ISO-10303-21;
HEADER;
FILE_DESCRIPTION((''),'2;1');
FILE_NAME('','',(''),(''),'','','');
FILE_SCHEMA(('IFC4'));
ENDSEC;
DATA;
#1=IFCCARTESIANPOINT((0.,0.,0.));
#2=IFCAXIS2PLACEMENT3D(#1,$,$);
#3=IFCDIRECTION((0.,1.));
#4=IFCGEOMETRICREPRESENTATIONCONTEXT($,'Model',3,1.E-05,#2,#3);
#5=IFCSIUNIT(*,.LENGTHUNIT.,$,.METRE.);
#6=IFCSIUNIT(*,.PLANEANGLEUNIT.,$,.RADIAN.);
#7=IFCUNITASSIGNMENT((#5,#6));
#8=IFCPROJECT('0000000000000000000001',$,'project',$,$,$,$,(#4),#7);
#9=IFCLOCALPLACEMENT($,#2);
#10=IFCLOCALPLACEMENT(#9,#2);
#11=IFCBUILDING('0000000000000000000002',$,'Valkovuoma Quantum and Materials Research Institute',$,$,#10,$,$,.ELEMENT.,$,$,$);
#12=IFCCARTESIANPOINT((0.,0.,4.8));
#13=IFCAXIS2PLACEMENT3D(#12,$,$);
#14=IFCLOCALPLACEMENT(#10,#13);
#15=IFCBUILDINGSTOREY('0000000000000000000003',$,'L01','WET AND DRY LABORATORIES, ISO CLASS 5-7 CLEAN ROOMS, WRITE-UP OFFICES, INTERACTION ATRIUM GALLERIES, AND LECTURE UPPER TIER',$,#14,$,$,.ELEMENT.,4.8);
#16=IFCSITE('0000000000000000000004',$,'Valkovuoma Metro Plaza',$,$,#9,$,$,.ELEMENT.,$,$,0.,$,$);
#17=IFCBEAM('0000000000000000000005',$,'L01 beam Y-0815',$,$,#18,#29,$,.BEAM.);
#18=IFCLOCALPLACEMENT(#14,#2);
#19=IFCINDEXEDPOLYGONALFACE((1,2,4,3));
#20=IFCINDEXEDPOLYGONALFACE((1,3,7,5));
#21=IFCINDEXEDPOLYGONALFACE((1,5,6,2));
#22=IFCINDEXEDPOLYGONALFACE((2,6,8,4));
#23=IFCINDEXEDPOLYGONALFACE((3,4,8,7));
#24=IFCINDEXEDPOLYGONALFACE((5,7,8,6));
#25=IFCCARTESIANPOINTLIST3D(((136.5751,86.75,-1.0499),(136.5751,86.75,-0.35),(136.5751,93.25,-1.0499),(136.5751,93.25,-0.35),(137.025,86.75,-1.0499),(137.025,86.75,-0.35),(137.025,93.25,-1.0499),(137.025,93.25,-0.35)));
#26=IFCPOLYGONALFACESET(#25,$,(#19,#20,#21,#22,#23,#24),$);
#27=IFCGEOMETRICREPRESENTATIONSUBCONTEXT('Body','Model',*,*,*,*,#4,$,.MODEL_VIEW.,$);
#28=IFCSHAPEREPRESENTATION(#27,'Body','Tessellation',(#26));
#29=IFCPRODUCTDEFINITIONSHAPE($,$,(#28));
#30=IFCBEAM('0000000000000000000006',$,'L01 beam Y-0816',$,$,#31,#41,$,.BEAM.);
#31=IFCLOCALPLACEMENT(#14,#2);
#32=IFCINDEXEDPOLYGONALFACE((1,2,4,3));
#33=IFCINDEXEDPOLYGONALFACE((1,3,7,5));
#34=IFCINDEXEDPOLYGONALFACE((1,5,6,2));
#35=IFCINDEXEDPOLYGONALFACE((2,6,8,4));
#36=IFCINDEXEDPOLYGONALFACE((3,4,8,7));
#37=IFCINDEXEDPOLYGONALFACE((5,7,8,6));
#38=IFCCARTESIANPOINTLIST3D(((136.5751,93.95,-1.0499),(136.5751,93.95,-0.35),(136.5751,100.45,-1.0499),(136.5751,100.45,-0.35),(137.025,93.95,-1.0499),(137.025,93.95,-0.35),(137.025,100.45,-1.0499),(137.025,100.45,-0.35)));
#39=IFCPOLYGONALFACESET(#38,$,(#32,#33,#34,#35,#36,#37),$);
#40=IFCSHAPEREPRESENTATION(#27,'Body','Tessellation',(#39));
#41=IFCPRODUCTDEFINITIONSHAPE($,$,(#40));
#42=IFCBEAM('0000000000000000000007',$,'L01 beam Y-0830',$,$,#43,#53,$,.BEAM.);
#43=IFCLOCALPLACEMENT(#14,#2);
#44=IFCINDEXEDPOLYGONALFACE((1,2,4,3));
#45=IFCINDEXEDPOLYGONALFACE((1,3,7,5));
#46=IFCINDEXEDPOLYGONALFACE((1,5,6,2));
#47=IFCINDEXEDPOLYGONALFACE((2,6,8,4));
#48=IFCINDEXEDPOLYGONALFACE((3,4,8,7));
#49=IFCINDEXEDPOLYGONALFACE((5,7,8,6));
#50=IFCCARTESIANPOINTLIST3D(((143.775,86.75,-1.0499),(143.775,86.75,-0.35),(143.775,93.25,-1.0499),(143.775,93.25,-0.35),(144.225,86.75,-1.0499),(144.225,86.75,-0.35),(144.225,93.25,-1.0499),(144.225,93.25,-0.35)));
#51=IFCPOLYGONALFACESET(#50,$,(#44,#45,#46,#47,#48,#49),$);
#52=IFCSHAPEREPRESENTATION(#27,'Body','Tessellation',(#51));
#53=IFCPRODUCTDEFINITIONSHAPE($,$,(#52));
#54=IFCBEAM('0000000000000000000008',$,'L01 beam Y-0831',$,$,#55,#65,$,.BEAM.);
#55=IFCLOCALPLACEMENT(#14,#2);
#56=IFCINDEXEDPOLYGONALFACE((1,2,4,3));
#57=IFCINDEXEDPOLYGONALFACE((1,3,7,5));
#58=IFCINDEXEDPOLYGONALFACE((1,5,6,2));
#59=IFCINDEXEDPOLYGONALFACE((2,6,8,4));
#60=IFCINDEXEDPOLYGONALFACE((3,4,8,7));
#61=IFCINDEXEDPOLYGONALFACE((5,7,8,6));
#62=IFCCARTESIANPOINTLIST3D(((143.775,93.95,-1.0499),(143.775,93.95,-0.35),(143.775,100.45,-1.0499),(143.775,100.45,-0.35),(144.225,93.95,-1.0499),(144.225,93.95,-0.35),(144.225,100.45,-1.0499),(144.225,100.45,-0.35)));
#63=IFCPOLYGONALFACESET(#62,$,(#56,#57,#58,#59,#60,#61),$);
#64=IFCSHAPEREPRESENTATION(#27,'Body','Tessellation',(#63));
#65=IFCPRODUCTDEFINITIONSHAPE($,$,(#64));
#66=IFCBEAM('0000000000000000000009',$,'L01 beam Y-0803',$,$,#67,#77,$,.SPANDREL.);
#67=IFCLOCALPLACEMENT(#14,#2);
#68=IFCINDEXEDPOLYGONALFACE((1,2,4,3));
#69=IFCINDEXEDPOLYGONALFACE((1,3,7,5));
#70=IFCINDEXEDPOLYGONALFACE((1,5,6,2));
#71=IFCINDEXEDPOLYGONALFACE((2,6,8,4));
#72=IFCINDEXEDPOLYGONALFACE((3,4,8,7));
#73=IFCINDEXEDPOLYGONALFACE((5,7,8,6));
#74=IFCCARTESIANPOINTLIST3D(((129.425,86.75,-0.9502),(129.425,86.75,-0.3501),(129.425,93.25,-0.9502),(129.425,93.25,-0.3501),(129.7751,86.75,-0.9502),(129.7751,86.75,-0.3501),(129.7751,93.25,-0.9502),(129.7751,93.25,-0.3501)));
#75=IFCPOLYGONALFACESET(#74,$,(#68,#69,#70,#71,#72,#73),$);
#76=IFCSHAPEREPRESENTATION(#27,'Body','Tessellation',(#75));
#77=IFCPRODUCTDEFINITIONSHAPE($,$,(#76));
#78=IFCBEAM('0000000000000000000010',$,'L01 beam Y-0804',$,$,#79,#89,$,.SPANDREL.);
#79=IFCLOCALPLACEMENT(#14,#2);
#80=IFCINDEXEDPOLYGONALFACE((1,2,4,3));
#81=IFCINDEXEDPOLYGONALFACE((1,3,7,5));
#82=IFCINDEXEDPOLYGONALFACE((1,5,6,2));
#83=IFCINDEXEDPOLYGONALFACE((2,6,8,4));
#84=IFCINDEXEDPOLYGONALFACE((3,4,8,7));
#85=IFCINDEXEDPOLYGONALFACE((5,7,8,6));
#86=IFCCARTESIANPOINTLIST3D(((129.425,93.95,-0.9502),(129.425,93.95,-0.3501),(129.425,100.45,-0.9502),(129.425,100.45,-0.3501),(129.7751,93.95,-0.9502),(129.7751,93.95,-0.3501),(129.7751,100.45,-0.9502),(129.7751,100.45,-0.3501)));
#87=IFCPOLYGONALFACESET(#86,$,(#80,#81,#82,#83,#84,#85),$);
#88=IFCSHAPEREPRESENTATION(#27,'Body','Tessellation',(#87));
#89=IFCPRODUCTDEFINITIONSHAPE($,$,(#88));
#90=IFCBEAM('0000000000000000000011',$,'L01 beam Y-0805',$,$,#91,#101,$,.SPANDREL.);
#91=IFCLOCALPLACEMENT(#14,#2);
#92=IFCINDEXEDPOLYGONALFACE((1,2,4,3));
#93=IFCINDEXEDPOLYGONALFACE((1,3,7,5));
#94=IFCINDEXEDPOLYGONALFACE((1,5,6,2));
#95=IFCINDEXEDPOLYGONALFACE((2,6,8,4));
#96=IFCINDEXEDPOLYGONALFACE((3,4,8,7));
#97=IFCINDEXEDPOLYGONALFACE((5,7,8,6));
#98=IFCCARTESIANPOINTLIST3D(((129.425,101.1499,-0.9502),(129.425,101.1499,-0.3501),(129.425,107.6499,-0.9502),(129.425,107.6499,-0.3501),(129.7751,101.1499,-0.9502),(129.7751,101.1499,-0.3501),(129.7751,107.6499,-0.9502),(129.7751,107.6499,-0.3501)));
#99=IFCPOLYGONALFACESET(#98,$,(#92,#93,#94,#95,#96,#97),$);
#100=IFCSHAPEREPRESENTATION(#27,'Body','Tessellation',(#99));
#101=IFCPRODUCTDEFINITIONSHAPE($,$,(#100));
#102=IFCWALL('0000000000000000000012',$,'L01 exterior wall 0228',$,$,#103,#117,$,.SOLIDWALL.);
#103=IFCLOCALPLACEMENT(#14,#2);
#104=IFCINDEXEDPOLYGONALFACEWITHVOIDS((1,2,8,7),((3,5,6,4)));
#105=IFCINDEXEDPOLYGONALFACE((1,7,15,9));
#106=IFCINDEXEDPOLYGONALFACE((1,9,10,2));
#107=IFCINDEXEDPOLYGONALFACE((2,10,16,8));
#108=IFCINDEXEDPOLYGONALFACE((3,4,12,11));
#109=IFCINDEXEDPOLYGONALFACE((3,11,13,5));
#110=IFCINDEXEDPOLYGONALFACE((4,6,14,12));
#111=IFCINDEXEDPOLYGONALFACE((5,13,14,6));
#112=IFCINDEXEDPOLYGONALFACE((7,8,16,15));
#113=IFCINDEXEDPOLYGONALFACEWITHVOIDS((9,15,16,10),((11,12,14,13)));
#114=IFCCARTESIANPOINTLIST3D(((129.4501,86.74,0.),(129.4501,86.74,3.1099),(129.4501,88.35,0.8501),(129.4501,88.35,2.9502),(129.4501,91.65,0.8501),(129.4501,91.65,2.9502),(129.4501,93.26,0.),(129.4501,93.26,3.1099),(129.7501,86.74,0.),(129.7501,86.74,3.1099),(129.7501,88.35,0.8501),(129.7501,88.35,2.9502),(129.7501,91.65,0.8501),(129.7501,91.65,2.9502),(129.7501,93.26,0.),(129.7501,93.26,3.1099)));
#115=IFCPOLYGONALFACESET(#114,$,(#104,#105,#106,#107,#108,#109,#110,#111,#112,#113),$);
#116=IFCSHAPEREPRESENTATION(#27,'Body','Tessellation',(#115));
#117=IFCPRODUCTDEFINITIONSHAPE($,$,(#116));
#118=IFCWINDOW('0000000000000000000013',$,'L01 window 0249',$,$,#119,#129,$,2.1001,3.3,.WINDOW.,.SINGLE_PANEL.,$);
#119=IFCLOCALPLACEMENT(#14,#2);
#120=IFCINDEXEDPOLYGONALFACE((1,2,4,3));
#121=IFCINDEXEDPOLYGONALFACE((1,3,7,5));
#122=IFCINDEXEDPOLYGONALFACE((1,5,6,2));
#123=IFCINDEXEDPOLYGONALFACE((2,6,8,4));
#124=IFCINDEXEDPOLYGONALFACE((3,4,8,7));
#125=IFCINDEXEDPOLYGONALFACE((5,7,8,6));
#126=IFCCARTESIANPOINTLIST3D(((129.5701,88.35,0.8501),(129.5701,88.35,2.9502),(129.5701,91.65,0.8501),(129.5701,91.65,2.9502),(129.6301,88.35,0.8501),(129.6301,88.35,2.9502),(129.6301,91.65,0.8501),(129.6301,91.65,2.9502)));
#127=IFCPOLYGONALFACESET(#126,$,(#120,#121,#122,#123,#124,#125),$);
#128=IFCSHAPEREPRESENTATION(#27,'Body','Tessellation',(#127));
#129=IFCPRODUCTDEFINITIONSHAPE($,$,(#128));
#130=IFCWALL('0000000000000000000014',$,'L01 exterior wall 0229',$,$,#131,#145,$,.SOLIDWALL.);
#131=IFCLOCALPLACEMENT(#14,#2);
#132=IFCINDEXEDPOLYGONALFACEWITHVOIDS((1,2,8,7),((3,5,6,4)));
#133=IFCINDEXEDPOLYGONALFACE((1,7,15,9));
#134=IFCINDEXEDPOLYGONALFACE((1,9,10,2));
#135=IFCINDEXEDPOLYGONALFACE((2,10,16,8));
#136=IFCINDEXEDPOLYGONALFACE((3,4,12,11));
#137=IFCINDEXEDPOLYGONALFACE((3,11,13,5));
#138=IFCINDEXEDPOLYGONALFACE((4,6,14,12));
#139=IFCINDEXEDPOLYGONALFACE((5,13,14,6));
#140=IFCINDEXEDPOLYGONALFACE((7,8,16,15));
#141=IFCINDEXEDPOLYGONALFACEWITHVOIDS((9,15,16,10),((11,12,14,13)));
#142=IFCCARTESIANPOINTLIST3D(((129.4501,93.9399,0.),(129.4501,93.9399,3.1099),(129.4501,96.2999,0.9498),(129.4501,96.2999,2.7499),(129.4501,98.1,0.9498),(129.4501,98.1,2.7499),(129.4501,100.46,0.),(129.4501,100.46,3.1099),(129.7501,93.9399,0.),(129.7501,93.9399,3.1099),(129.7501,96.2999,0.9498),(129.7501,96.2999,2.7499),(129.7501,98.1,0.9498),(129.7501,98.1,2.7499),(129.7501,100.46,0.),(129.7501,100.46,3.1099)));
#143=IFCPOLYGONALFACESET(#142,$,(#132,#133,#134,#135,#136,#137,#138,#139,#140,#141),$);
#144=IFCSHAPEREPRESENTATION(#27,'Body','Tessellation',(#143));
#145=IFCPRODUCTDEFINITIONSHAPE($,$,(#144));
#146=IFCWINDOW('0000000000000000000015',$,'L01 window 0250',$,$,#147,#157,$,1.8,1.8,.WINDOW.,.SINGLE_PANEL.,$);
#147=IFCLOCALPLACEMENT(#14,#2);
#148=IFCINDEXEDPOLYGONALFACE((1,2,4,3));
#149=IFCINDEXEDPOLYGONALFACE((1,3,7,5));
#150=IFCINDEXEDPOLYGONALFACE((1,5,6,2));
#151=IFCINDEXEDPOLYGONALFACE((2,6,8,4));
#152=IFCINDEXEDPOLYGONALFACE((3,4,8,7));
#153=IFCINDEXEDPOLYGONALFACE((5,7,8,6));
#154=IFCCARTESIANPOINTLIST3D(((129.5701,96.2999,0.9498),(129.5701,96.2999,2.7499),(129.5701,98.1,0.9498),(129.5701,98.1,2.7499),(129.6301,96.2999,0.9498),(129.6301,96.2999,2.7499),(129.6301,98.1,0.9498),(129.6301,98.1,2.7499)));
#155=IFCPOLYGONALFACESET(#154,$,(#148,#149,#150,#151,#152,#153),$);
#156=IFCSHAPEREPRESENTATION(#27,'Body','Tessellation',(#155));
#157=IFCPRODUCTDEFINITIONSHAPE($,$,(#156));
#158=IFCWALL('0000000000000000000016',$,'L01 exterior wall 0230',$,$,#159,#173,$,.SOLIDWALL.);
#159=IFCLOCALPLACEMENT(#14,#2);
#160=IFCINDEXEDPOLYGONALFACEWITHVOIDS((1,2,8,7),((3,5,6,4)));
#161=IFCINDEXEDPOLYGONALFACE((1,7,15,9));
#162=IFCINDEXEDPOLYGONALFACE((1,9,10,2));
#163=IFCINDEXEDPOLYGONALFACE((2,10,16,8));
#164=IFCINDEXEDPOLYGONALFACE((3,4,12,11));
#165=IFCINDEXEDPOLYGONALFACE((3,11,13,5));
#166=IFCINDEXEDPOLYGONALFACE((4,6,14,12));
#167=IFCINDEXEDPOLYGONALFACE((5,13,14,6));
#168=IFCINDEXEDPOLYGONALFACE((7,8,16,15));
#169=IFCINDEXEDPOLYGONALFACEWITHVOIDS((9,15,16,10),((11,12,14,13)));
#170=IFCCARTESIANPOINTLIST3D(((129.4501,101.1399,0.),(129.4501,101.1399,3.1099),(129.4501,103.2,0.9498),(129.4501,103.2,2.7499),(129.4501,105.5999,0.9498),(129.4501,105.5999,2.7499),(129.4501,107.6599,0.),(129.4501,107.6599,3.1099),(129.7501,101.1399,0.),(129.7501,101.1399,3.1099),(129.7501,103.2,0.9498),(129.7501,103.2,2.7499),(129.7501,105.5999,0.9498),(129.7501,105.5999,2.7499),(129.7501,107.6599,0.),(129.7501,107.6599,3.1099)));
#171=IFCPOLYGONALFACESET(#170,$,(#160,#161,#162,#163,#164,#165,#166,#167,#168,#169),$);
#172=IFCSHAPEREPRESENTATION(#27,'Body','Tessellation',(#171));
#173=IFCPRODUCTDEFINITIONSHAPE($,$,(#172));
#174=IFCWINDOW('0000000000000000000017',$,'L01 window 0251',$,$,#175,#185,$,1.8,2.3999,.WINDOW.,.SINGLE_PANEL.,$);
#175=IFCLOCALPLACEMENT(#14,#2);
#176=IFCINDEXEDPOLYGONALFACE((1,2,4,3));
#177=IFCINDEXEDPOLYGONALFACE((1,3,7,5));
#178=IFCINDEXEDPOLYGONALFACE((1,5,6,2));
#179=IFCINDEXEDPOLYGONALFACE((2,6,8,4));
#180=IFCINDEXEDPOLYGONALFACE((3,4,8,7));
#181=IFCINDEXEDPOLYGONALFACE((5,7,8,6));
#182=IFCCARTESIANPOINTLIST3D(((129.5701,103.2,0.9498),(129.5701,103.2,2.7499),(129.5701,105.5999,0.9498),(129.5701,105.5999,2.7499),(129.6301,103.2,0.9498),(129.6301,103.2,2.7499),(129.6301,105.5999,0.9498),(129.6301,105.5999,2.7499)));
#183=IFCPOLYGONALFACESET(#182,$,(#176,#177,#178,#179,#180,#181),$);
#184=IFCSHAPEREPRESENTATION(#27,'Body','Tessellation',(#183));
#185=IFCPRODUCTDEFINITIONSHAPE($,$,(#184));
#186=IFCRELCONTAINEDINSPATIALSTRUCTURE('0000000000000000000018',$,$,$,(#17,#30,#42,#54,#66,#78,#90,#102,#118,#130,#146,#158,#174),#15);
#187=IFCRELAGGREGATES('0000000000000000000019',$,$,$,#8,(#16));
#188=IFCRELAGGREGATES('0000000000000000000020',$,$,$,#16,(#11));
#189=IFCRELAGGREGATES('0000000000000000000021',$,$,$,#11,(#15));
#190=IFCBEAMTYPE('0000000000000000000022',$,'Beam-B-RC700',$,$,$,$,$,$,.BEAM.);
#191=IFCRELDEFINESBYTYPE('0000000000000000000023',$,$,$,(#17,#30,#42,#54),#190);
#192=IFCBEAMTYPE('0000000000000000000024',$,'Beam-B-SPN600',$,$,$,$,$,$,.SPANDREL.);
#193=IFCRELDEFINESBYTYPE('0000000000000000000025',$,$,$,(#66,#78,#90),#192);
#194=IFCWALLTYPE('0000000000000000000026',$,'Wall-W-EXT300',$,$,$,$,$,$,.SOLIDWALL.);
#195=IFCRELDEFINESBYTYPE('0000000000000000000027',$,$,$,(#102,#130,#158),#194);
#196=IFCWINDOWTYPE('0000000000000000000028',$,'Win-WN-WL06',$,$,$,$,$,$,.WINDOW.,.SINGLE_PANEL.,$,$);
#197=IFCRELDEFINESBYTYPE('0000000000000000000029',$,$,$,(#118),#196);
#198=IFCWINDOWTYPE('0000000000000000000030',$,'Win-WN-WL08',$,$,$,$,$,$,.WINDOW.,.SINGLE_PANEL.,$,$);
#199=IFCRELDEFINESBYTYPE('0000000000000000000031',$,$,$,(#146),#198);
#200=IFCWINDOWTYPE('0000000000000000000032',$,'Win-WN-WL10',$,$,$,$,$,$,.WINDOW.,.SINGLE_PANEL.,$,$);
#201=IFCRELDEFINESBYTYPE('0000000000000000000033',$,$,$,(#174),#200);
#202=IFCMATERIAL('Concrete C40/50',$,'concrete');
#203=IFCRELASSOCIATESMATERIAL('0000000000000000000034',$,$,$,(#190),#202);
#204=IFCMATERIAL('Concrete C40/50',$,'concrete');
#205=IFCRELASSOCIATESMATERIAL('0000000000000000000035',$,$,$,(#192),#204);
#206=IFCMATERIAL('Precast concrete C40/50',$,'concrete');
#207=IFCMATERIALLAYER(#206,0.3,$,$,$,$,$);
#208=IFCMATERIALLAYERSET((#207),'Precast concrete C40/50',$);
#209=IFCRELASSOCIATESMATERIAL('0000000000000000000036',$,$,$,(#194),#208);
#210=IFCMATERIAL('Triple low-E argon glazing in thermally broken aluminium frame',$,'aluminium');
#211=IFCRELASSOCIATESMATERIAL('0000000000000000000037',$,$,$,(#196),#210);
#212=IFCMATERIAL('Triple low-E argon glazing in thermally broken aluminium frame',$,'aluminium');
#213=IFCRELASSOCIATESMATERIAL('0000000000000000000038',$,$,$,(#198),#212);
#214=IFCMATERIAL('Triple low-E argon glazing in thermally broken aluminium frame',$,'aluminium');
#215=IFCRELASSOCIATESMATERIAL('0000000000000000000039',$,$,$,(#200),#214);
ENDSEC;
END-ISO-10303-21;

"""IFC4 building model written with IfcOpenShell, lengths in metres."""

from ifc_helpers import new_model, si_unit, direction, frame, frame_2d, origin, origin_2d, place, context, subcontext, project, spatial, rectangle, extrude, material, layer, layer_set, material_profile, profile_set, type_object, element, fill, save


model = new_model("IFC4")

# Units and contexts
model_context = context("Model", 3, precision=1e-05, world=origin(), true_north=direction((0.0, 1.0)))
body_context = subcontext(model_context, "Body", "Model", "MODEL_VIEW")
ifc_project = project(units=[si_unit("LENGTHUNIT", "METRE"), si_unit("PLANEANGLEUNIT", "RADIAN")], contexts=[model_context])

# Site, building, storey
site_placement = place(None, origin())
site = spatial("IfcSite", under=ifc_project, at=site_placement, Name="Valkovuoma Metro Plaza", CompositionType="ELEMENT", RefElevation=0.0)
building_placement = place(site_placement, origin())
building = spatial("IfcBuilding", under=site, at=building_placement, Name="Valkovuoma Quantum and Materials Research Institute", CompositionType="ELEMENT")
storey_placement = place(building_placement, frame((0.0, 0.0, 4.8)))
storey = spatial("IfcBuildingStorey", under=building, at=storey_placement, Name="L01", Description="WET AND DRY LABORATORIES, ISO CLASS 5-7 CLEAN ROOMS, WRITE-UP OFFICES, INTERACTION ATRIUM GALLERIES, AND LECTURE UPPER TIER", CompositionType="ELEMENT", Elevation=4.8)

# Beams
ifc_material_1 = material(Name="Concrete C40/50", Category="concrete")
ifc_material_profile_1 = material_profile(ifc_material_1, rectangle(XDim=0.45, YDim=0.7, at=origin_2d()), Name="Concrete C40/50")
ifc_profile_set_1 = profile_set([ifc_material_profile_1], Name="Concrete C40/50")
beam_type_1 = type_object("IfcBeamType", Name="Beam-B-RC700", PredefinedType="BEAM", material=ifc_profile_set_1)
for number, where, z_axis, x_axis, name in (
    (1, (136.8, 86.75, -0.7), (0.0, 1.0, 0.0), (-1.0, 0.0, 0.0), "L01 beam Y-0815"),
    (2, (136.8, 93.95, -0.7), (0.0, 1.0, 0.0), (-1.0, 0.0, 0.0), "L01 beam Y-0816"),
    (3, (144.0, 86.75, -0.7), (0.0, 1.0, 0.0), (-1.0, 0.0, 0.0), "L01 beam Y-0830"),
    (4, (144.0, 93.95, -0.7), (0.0, 1.0, 0.0), (-1.0, 0.0, 0.0), "L01 beam Y-0831"),
):
    element("IfcBeam", number, at=place(storey_placement, frame(where, z_axis=z_axis, x_axis=x_axis)), inside=storey, type_object=beam_type_1, Name=name, PredefinedType="BEAM", context=body_context, shape_type="SweptSolid", body=[
        extrude(rectangle(XDim=0.45, YDim=0.7, at=origin_2d()), origin(), (0.0, 0.0, 1.0), 6.5),
    ])
ifc_material_2 = material(Name="Concrete C40/50", Category="concrete")
ifc_material_profile_2 = material_profile(ifc_material_2, rectangle(XDim=0.3501, YDim=0.6001, at=origin_2d()), Name="Concrete C40/50")
ifc_profile_set_2 = profile_set([ifc_material_profile_2], Name="Concrete C40/50")
beam_type_2 = type_object("IfcBeamType", Name="Beam-B-SPN600", PredefinedType="SPANDREL", material=ifc_profile_set_2)
for number, where, z_axis, x_axis, name in (
    (5, (129.6001, 86.75, -0.6501), (0.0, 1.0, 0.0), (-1.0, 0.0, 0.0), "L01 beam Y-0803"),
    (6, (129.6001, 93.95, -0.6501), (0.0, 1.0, 0.0), (-1.0, 0.0, 0.0), "L01 beam Y-0804"),
    (7, (129.6001, 101.1499, -0.6501), (0.0, 1.0, 0.0), (-1.0, 0.0, 0.0), "L01 beam Y-0805"),
):
    element("IfcBeam", number, at=place(storey_placement, frame(where, z_axis=z_axis, x_axis=x_axis)), inside=storey, type_object=beam_type_2, Name=name, PredefinedType="SPANDREL", context=body_context, shape_type="SweptSolid", body=[
        extrude(rectangle(XDim=0.3501, YDim=0.6001, at=origin_2d()), origin(), (0.0, 0.0, 1.0), 6.5),
    ])

# Walls, openings, windows
ifc_material_3 = material(Name="Precast concrete C40/50", Category="concrete")
ifc_layer_1 = layer(ifc_material_3, 0.3)
ifc_layer_set_1 = layer_set([ifc_layer_1], Name="Precast concrete C40/50")
wall_type = type_object("IfcWallType", Name="Wall-W-EXT300", PredefinedType="SOLIDWALL", material=ifc_layer_set_1)
wall_1_placement = place(storey_placement, frame((129.6001, 86.74, 0.0), z_axis=(0.0, 0.0, 1.0), x_axis=(0.0, 1.0, 0.0)))
wall_1 = element("IfcWall", 8, at=wall_1_placement, inside=storey, type_object=wall_type, Name="L01 exterior wall 0228", PredefinedType="SOLIDWALL", context=body_context, shape_type="SweptSolid", body=[
    extrude(rectangle(XDim=6.52, YDim=0.3, at=frame_2d((3.26, 0.0))), origin(), (0.0, 0.0, 1.0), 3.1099),
])
opening_1_placement = place(wall_1_placement, frame((1.6101, 0.0, 0.8501)))
opening_1 = element("IfcOpeningElement", 9, at=opening_1_placement, cuts=wall_1, PredefinedType="OPENING", context=body_context, shape_type="SweptSolid", body=[
    extrude(rectangle(XDim=3.3, YDim=2.1001, at=frame_2d((1.6499, 1.05))), frame((0.0, 0.1602, 0.0), z_axis=(0.0, -1.0, 0.0), x_axis=(1.0, 0.0, 0.0)), (0.0, 0.0, 1.0), 0.3201),
])
ifc_material_4 = material(Name="Triple low-E argon glazing in thermally broken aluminium frame", Category="aluminium")
window_type_1 = type_object("IfcWindowType", Name="Win-WN-WL06", PartitioningType="SINGLE_PANEL", PredefinedType="WINDOW", material=ifc_material_4)
window_1_placement = place(opening_1_placement, origin())
window_1 = element("IfcWindow", 10, at=window_1_placement, inside=storey, type_object=window_type_1, Name="L01 window 0249", OverallHeight=2.1001, OverallWidth=3.3, PartitioningType="SINGLE_PANEL", PredefinedType="WINDOW", context=body_context, shape_type="SweptSolid", body=[
    extrude(rectangle(XDim=3.3, YDim=2.1001, at=frame_2d((1.6499, 1.05))), frame((0.0, 0.03, 0.0), z_axis=(0.0, -1.0, 0.0), x_axis=(1.0, 0.0, 0.0)), (0.0, 0.0, 1.0), 0.0601),
])
fill(opening_1, window_1)
wall_2_placement = place(storey_placement, frame((129.6001, 93.9399, 0.0), z_axis=(0.0, 0.0, 1.0), x_axis=(0.0, 1.0, 0.0)))
wall_2 = element("IfcWall", 11, at=wall_2_placement, inside=storey, type_object=wall_type, Name="L01 exterior wall 0229", PredefinedType="SOLIDWALL", context=body_context, shape_type="SweptSolid", body=[
    extrude(rectangle(XDim=6.52, YDim=0.3, at=frame_2d((3.26, 0.0))), origin(), (0.0, 0.0, 1.0), 3.1099),
])
opening_2_placement = place(wall_2_placement, frame((2.3601, 0.0, 0.95)))
opening_2 = element("IfcOpeningElement", 12, at=opening_2_placement, cuts=wall_2, PredefinedType="OPENING", context=body_context, shape_type="SweptSolid", body=[
    extrude(rectangle(XDim=1.8, YDim=1.8, at=frame_2d((0.8999, 0.8999))), frame((0.0, 0.1602, 0.0), z_axis=(0.0, -1.0, 0.0), x_axis=(1.0, 0.0, 0.0)), (0.0, 0.0, 1.0), 0.3201),
])
ifc_material_5 = material(Name="Triple low-E argon glazing in thermally broken aluminium frame", Category="aluminium")
window_type_2 = type_object("IfcWindowType", Name="Win-WN-WL08", PartitioningType="SINGLE_PANEL", PredefinedType="WINDOW", material=ifc_material_5)
window_2_placement = place(opening_2_placement, origin())
window_2 = element("IfcWindow", 13, at=window_2_placement, inside=storey, type_object=window_type_2, Name="L01 window 0250", OverallHeight=1.8, OverallWidth=1.8, PartitioningType="SINGLE_PANEL", PredefinedType="WINDOW", context=body_context, shape_type="SweptSolid", body=[
    extrude(rectangle(XDim=1.8, YDim=1.8, at=frame_2d((0.8999, 0.8999))), frame((0.0, 0.03, 0.0), z_axis=(0.0, -1.0, 0.0), x_axis=(1.0, 0.0, 0.0)), (0.0, 0.0, 1.0), 0.0601),
])
fill(opening_2, window_2)
wall_3_placement = place(storey_placement, frame((129.6001, 101.1399, 0.0), z_axis=(0.0, 0.0, 1.0), x_axis=(0.0, 1.0, 0.0)))
wall_3 = element("IfcWall", 14, at=wall_3_placement, inside=storey, type_object=wall_type, Name="L01 exterior wall 0230", PredefinedType="SOLIDWALL", context=body_context, shape_type="SweptSolid", body=[
    extrude(rectangle(XDim=6.52, YDim=0.3, at=frame_2d((3.26, 0.0))), origin(), (0.0, 0.0, 1.0), 3.1099),
])
opening_3_placement = place(wall_3_placement, frame((2.0601, 0.0, 0.95)))
opening_3 = element("IfcOpeningElement", 15, at=opening_3_placement, cuts=wall_3, PredefinedType="OPENING", context=body_context, shape_type="SweptSolid", body=[
    extrude(rectangle(XDim=2.3999, YDim=1.8, at=frame_2d((1.2, 0.8999))), frame((0.0, 0.1602, 0.0), z_axis=(0.0, -1.0, 0.0), x_axis=(1.0, 0.0, 0.0)), (0.0, 0.0, 1.0), 0.3201),
])
ifc_material_6 = material(Name="Triple low-E argon glazing in thermally broken aluminium frame", Category="aluminium")
window_type_3 = type_object("IfcWindowType", Name="Win-WN-WL10", PartitioningType="SINGLE_PANEL", PredefinedType="WINDOW", material=ifc_material_6)
window_3_placement = place(opening_3_placement, origin())
window_3 = element("IfcWindow", 16, at=window_3_placement, inside=storey, type_object=window_type_3, Name="L01 window 0251", OverallHeight=1.8, OverallWidth=2.3999, PartitioningType="SINGLE_PANEL", PredefinedType="WINDOW", context=body_context, shape_type="SweptSolid", body=[
    extrude(rectangle(XDim=2.3999, YDim=1.8, at=frame_2d((1.2, 0.8999))), frame((0.0, 0.03, 0.0), z_axis=(0.0, -1.0, 0.0), x_axis=(1.0, 0.0, 0.0)), (0.0, 0.0, 1.0), 0.0601),
])
fill(opening_3, window_3)

save(model, "model.ifc")
